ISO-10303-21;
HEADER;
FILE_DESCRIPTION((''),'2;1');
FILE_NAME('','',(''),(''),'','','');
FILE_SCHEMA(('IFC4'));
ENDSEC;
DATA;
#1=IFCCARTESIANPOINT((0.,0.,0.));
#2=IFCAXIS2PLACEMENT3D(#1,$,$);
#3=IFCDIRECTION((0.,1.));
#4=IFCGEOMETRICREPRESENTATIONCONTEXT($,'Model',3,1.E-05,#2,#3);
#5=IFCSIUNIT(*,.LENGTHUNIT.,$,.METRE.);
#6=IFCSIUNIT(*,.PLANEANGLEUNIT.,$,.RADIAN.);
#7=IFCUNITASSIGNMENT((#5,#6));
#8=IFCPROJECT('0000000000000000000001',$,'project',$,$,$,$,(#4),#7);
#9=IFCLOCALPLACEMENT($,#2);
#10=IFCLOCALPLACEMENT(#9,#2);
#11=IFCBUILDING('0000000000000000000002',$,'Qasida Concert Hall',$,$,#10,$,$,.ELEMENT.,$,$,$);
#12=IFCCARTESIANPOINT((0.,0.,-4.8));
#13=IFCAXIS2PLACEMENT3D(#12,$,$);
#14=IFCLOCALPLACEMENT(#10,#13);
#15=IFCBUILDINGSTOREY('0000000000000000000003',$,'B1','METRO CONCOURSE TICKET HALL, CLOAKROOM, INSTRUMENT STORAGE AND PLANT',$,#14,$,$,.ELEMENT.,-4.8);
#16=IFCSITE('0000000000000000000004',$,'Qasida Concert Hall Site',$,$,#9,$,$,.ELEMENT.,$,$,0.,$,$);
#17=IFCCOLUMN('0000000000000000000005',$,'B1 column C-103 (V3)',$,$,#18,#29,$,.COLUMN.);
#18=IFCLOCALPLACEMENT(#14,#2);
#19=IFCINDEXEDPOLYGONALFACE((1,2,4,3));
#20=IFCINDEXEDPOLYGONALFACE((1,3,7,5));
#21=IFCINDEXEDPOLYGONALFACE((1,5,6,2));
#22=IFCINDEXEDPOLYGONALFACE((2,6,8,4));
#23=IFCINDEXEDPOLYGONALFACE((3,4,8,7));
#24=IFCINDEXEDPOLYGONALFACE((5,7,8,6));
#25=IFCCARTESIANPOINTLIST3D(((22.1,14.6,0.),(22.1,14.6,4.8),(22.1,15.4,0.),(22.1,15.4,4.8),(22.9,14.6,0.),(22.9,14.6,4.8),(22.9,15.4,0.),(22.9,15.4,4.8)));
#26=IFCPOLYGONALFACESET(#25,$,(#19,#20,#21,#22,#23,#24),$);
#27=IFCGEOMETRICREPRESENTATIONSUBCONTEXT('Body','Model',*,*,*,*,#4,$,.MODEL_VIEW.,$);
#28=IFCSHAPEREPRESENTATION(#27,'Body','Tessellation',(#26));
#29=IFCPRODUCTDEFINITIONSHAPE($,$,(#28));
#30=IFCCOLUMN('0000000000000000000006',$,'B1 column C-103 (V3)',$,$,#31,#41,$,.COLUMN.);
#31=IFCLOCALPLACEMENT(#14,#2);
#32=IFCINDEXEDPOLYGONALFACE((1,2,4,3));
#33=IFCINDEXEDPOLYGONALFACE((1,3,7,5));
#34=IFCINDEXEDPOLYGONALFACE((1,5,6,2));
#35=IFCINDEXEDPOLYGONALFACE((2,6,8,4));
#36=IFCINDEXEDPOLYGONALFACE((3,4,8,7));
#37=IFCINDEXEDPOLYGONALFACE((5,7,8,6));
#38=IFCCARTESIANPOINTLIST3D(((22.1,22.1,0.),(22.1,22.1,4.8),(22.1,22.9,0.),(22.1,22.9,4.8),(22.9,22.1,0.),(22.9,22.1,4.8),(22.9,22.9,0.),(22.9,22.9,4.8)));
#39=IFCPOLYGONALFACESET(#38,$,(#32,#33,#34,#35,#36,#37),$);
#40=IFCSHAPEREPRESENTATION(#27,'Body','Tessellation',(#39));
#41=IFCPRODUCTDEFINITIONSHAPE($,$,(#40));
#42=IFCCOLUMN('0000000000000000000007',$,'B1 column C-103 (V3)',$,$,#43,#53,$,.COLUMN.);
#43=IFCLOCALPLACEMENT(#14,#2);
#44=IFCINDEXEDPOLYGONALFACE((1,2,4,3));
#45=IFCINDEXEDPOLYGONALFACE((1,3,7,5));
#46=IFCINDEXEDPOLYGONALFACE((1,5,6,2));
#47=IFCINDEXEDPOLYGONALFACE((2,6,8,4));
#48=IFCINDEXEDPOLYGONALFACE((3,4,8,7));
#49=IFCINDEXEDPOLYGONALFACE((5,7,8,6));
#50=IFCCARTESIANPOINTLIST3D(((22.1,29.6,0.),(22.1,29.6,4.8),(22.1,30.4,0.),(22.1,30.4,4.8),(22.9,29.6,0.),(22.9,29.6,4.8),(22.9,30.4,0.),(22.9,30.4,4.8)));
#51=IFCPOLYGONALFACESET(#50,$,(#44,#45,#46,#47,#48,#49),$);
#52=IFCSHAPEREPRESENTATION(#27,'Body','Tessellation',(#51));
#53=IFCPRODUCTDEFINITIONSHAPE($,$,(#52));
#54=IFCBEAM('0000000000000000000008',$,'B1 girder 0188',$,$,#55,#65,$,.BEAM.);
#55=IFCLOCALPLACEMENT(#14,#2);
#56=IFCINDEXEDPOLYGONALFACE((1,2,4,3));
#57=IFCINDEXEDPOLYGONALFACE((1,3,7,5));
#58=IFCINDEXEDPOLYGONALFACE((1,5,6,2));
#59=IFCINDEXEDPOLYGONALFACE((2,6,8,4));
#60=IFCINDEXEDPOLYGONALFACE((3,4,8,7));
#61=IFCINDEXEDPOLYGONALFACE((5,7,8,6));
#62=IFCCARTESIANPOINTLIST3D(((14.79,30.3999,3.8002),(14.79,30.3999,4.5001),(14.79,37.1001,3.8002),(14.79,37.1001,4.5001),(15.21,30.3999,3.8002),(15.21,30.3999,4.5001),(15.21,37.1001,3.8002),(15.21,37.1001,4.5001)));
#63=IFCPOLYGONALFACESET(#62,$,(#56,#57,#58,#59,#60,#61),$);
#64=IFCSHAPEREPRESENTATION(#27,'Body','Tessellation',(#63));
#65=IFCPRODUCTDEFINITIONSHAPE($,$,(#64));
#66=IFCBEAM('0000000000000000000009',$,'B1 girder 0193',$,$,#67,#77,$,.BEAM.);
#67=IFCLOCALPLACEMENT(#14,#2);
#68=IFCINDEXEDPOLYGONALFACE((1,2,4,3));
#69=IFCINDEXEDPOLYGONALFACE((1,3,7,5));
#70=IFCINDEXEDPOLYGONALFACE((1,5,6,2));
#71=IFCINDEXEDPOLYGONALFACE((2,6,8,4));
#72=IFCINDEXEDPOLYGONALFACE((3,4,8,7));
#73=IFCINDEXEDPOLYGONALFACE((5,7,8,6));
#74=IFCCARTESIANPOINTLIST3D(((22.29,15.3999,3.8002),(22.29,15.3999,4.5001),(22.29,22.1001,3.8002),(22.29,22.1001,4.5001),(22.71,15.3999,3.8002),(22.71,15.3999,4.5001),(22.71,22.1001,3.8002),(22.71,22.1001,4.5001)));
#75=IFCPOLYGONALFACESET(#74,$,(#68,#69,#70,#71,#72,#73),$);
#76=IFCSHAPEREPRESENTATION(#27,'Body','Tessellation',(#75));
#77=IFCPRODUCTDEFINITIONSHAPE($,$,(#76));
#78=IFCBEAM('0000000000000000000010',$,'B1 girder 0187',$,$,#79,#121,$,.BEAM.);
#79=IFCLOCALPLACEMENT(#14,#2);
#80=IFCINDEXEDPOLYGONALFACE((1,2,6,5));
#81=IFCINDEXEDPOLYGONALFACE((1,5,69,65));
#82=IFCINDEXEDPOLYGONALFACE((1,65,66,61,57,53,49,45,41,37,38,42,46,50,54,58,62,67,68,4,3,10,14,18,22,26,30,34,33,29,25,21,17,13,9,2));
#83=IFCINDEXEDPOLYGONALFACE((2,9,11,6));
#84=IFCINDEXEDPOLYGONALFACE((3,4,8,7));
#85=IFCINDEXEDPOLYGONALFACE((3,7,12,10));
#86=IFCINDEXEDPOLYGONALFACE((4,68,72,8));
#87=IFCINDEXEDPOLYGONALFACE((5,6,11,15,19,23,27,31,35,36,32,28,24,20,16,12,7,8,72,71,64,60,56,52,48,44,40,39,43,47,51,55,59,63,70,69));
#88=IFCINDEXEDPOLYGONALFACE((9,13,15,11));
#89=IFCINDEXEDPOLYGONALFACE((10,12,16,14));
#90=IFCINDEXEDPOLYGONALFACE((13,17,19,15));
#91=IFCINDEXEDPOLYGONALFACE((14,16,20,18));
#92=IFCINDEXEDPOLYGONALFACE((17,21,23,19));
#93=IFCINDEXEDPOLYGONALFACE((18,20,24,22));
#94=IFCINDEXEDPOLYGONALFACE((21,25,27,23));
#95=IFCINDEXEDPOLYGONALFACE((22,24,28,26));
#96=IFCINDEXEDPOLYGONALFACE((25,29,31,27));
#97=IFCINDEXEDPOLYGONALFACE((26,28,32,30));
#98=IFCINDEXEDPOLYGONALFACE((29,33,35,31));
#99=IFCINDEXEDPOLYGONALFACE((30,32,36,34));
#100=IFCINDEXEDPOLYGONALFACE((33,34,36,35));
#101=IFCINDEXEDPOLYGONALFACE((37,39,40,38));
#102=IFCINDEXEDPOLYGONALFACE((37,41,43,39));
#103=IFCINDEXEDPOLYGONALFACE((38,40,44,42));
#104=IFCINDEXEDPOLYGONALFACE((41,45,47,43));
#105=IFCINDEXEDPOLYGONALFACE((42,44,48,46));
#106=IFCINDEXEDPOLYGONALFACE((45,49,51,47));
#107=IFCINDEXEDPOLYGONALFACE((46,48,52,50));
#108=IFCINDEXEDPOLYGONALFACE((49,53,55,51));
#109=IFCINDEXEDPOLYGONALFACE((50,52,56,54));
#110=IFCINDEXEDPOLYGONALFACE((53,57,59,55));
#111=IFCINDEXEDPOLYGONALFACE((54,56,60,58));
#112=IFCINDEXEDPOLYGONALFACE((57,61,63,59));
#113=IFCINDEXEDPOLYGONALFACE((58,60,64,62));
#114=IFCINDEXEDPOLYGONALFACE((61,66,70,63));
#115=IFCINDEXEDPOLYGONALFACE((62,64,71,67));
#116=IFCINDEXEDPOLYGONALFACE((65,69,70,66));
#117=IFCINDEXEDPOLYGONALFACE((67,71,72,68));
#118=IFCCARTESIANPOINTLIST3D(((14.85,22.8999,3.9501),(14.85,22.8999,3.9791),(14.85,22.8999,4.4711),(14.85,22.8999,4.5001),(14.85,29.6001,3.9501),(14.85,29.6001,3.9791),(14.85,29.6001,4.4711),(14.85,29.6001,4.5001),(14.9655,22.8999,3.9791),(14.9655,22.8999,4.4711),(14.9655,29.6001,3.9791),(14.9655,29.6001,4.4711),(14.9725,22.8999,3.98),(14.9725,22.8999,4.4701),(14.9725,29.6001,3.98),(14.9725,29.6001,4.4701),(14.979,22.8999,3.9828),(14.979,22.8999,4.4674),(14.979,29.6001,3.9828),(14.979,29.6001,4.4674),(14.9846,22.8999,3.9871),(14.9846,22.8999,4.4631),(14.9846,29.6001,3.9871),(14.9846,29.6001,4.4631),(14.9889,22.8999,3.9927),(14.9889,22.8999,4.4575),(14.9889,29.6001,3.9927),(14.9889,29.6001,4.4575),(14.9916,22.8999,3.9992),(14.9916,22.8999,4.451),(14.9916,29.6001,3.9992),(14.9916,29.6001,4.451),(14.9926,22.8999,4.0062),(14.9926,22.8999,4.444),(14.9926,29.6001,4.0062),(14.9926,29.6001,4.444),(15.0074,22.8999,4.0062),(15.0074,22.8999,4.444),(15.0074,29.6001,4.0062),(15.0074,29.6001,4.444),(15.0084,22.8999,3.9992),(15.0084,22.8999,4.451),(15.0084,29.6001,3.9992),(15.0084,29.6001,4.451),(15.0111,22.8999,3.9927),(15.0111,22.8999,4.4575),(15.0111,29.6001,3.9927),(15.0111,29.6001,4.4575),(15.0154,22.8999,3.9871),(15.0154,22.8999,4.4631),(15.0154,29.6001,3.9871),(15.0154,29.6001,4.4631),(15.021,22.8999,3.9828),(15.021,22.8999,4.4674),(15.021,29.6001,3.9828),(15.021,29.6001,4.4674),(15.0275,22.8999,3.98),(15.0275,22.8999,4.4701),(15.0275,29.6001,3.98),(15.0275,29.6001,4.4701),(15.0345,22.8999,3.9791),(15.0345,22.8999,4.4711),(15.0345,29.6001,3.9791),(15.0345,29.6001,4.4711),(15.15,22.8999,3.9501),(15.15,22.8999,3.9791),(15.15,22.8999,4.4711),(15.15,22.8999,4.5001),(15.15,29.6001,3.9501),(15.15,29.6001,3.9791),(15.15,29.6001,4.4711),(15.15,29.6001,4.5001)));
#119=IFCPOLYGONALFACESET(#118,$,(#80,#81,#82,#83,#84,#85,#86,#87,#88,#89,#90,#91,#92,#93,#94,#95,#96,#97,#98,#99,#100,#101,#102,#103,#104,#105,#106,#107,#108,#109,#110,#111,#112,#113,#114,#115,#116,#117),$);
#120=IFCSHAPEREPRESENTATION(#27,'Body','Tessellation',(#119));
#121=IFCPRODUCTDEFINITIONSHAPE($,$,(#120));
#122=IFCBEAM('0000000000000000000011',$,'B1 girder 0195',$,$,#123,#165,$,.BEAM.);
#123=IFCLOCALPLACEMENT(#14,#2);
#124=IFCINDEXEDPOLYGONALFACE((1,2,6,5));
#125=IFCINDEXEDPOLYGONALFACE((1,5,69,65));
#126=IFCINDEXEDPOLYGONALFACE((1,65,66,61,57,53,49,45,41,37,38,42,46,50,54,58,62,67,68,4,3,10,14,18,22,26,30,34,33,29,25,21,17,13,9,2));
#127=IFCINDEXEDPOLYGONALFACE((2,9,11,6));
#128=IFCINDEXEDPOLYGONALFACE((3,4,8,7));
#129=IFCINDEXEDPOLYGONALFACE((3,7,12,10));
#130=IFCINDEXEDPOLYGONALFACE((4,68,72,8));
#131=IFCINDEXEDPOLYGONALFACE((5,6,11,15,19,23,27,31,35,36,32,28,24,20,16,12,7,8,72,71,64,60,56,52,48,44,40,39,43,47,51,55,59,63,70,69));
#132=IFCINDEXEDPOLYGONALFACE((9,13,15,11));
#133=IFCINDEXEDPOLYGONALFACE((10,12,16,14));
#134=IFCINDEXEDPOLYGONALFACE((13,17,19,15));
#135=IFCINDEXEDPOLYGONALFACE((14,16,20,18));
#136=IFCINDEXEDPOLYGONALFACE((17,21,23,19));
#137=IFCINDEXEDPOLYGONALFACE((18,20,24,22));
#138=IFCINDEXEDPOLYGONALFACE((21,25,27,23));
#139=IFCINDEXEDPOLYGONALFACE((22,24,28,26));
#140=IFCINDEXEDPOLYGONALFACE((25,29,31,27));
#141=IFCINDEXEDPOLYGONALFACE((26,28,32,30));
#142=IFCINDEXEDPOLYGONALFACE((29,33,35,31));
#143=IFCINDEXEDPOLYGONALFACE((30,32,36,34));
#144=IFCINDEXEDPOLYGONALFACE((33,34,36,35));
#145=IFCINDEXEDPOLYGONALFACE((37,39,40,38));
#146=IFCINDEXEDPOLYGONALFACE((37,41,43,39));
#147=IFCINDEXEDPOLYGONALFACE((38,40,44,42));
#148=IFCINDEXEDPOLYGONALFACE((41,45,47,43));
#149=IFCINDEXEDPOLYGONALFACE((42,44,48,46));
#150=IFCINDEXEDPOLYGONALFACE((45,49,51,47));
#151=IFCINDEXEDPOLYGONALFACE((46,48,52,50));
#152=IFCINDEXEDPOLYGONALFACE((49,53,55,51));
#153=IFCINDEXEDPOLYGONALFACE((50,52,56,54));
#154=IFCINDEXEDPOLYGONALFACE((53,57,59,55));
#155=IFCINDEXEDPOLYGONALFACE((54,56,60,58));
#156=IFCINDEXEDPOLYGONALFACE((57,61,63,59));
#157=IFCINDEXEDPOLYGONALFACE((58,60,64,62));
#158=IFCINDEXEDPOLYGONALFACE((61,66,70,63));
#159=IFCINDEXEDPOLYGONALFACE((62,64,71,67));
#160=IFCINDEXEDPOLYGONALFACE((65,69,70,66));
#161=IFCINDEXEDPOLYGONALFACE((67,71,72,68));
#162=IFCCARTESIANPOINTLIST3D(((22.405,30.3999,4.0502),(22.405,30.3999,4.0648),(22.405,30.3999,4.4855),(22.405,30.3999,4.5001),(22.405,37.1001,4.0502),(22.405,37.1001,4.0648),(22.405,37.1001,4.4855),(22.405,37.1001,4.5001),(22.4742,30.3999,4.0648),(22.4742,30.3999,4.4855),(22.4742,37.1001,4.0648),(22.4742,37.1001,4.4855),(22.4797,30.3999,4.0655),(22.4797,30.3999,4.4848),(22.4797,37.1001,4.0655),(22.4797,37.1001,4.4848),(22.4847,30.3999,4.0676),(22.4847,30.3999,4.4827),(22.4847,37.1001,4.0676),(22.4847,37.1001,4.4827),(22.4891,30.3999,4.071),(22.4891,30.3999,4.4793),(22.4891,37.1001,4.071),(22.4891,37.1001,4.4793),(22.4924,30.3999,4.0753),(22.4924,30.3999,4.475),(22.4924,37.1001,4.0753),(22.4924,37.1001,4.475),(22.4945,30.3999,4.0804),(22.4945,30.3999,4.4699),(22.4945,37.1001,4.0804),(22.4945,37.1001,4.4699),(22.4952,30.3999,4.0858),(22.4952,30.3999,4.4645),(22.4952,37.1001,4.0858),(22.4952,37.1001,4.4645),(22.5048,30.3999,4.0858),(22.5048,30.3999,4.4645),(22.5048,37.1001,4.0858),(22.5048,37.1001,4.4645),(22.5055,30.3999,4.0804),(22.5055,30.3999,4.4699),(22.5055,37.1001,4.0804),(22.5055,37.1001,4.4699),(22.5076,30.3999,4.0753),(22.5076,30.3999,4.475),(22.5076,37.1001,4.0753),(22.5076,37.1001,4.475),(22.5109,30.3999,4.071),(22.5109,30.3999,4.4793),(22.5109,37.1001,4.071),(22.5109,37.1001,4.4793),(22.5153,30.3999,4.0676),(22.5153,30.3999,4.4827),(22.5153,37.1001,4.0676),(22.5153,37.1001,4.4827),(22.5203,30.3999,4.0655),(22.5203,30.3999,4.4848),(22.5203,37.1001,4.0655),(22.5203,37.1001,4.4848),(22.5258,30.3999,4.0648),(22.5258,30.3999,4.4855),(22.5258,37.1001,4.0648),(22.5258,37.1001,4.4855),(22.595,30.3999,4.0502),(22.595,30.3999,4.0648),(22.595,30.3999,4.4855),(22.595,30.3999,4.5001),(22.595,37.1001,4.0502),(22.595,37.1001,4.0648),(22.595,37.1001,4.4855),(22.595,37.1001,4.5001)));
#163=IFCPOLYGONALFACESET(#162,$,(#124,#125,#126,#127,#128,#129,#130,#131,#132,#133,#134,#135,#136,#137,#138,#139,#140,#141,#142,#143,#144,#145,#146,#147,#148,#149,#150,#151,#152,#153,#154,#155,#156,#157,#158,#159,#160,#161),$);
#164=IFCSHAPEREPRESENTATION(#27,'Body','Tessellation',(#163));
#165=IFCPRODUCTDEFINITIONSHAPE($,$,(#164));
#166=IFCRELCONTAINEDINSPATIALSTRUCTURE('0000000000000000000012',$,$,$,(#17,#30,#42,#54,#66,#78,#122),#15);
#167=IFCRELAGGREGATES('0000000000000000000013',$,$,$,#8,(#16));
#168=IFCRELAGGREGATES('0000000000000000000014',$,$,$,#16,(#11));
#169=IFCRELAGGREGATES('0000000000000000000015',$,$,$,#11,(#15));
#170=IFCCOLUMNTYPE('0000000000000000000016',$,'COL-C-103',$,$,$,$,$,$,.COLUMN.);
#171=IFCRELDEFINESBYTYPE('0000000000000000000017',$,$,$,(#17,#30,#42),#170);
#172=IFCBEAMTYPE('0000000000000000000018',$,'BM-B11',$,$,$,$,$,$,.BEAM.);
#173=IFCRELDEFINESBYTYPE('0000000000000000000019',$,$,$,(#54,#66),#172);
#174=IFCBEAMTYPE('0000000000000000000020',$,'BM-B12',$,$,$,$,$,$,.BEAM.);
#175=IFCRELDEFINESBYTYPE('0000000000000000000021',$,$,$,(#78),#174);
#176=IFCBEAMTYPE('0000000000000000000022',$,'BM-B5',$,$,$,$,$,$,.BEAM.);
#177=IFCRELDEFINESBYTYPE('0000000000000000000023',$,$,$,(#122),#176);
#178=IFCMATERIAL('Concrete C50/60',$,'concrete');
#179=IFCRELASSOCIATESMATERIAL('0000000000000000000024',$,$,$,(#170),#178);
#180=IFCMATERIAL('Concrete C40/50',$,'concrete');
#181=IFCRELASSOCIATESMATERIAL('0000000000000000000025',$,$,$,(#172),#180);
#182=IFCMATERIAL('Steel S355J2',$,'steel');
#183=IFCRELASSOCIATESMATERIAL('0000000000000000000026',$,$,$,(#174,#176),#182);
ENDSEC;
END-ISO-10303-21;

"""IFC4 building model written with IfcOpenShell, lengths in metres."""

from ifc_helpers import new_model, si_unit, direction, frame, origin, origin_2d, place, context, subcontext, project, spatial, rectangle, i_section, extrude, material, material_profile, profile_set, type_object, element, save


model = new_model("IFC4")

# Units and contexts
model_context = context("Model", 3, precision=1e-05, world=origin(), true_north=direction((0.0, 1.0)))
body_context = subcontext(model_context, "Body", "Model", "MODEL_VIEW")
ifc_project = project(units=[si_unit("LENGTHUNIT", "METRE"), si_unit("PLANEANGLEUNIT", "RADIAN")], contexts=[model_context])

# Site, building, storey
site_placement = place(None, origin())
site = spatial("IfcSite", under=ifc_project, at=site_placement, Name="Qasida Concert Hall Site", CompositionType="ELEMENT", RefElevation=0.0)
building_placement = place(site_placement, origin())
building = spatial("IfcBuilding", under=site, at=building_placement, Name="Qasida Concert Hall", CompositionType="ELEMENT")
storey_placement = place(building_placement, frame((0.0, 0.0, -4.8)))
storey = spatial("IfcBuildingStorey", under=building, at=storey_placement, Name="B1", Description="METRO CONCOURSE TICKET HALL, CLOAKROOM, INSTRUMENT STORAGE AND PLANT", CompositionType="ELEMENT", Elevation=-4.8)

# Shared definitions
ifc_material_1 = material(Name="Concrete C40/50", Category="concrete")

# Columns
ifc_material_2 = material(Name="Concrete C50/60", Category="concrete")
ifc_material_profile_1 = material_profile(ifc_material_2, rectangle(XDim=0.8, YDim=0.8, at=origin_2d()), Name="RC 800x800")
ifc_profile_set_1 = profile_set([ifc_material_profile_1], Name="Concrete C50/60")
column_type = type_object("IfcColumnType", Name="COL-C-103", PredefinedType="COLUMN", material=ifc_profile_set_1)
for number, where, z_axis, x_axis, name in (
    (1, (22.5, 15.0, 0.0), (0.0, 0.0, 1.0), (1.0, 0.0, 0.0), "B1 column C-103 (V3)"),
    (2, (22.5, 22.5, 0.0), (0.0, 0.0, 1.0), (1.0, 0.0, 0.0), "B1 column C-103 (V3)"),
    (3, (22.5, 30.0, 0.0), (0.0, 0.0, 1.0), (1.0, 0.0, 0.0), "B1 column C-103 (V3)"),
):
    element("IfcColumn", number, at=place(storey_placement, frame(where, z_axis=z_axis, x_axis=x_axis)), inside=storey, type_object=column_type, Name=name, PredefinedType="COLUMN", context=body_context, shape_type="SweptSolid", body=[
        extrude(rectangle(XDim=0.8, YDim=0.8, at=origin_2d()), origin(), (0.0, 0.0, 1.0), 4.8),
    ])

# Beams
ifc_material_profile_2 = material_profile(ifc_material_1, rectangle(XDim=0.4199, YDim=0.7, at=origin_2d()), Name="RC 420x700")
ifc_profile_set_2 = profile_set([ifc_material_profile_2], Name="Concrete C40/50")
beam_type_1 = type_object("IfcBeamType", Name="BM-B11", PredefinedType="BEAM", material=ifc_profile_set_2)
for number, where, z_axis, x_axis, name in (
    (4, (15.0, 30.3999, 4.1501), (0.0, 1.0, 0.0), (-1.0, 0.0, 0.0), "B1 girder 0188"),
    (5, (22.5, 15.3999, 4.1501), (0.0, 1.0, 0.0), (-1.0, 0.0, 0.0), "B1 girder 0193"),
):
    element("IfcBeam", number, at=place(storey_placement, frame(where, z_axis=z_axis, x_axis=x_axis)), inside=storey, type_object=beam_type_1, Name=name, PredefinedType="BEAM", context=body_context, shape_type="SweptSolid", body=[
        extrude(rectangle(XDim=0.4199, YDim=0.7, at=origin_2d()), origin(), (0.0, 0.0, 1.0), 6.7002),
    ])
ifc_material_3 = material(Name="Steel S355J2", Category="steel")
ifc_material_profile_3 = material_profile(ifc_material_3, i_section(OverallWidth=0.3, OverallDepth=0.55, WebThickness=0.0149, FlangeThickness=0.0291, FilletRadius=0.0271, at=origin_2d()), Name="HEB 550")
ifc_profile_set_3 = profile_set([ifc_material_profile_3], Name="Steel S355J2")
beam_type_2 = type_object("IfcBeamType", Name="BM-B12", PredefinedType="BEAM", material=ifc_profile_set_3)
beam_1_placement = place(storey_placement, frame((15.0, 22.8999, 4.2251), z_axis=(0.0, 1.0, 0.0), x_axis=(-1.0, 0.0, 0.0)))
element("IfcBeam", 6, at=beam_1_placement, inside=storey, type_object=beam_type_2, Name="B1 girder 0187", PredefinedType="BEAM", context=body_context, shape_type="SweptSolid", body=[
    extrude(i_section(OverallWidth=0.3, OverallDepth=0.55, WebThickness=0.0149, FlangeThickness=0.0291, FilletRadius=0.0271, at=origin_2d()), origin(), (0.0, 0.0, 1.0), 6.7002),
])
ifc_material_profile_4 = material_profile(ifc_material_3, i_section(OverallWidth=0.1899, OverallDepth=0.45, WebThickness=0.0095, FlangeThickness=0.0146, FilletRadius=0.021, at=origin_2d()), Name="IPE 450")
ifc_profile_set_4 = profile_set([ifc_material_profile_4], Name="Steel S355J2")
beam_type_3 = type_object("IfcBeamType", Name="BM-B5", PredefinedType="BEAM", material=ifc_profile_set_4)
beam_2_placement = place(storey_placement, frame((22.5, 30.3999, 4.2751), z_axis=(0.0, 1.0, 0.0), x_axis=(-1.0, 0.0, 0.0)))
element("IfcBeam", 7, at=beam_2_placement, inside=storey, type_object=beam_type_3, Name="B1 girder 0195", PredefinedType="BEAM", context=body_context, shape_type="SweptSolid", body=[
    extrude(i_section(OverallWidth=0.1899, OverallDepth=0.45, WebThickness=0.0095, FlangeThickness=0.0146, FilletRadius=0.021, at=origin_2d()), origin(), (0.0, 0.0, 1.0), 6.7002),
])

save(model, "model.ifc")
